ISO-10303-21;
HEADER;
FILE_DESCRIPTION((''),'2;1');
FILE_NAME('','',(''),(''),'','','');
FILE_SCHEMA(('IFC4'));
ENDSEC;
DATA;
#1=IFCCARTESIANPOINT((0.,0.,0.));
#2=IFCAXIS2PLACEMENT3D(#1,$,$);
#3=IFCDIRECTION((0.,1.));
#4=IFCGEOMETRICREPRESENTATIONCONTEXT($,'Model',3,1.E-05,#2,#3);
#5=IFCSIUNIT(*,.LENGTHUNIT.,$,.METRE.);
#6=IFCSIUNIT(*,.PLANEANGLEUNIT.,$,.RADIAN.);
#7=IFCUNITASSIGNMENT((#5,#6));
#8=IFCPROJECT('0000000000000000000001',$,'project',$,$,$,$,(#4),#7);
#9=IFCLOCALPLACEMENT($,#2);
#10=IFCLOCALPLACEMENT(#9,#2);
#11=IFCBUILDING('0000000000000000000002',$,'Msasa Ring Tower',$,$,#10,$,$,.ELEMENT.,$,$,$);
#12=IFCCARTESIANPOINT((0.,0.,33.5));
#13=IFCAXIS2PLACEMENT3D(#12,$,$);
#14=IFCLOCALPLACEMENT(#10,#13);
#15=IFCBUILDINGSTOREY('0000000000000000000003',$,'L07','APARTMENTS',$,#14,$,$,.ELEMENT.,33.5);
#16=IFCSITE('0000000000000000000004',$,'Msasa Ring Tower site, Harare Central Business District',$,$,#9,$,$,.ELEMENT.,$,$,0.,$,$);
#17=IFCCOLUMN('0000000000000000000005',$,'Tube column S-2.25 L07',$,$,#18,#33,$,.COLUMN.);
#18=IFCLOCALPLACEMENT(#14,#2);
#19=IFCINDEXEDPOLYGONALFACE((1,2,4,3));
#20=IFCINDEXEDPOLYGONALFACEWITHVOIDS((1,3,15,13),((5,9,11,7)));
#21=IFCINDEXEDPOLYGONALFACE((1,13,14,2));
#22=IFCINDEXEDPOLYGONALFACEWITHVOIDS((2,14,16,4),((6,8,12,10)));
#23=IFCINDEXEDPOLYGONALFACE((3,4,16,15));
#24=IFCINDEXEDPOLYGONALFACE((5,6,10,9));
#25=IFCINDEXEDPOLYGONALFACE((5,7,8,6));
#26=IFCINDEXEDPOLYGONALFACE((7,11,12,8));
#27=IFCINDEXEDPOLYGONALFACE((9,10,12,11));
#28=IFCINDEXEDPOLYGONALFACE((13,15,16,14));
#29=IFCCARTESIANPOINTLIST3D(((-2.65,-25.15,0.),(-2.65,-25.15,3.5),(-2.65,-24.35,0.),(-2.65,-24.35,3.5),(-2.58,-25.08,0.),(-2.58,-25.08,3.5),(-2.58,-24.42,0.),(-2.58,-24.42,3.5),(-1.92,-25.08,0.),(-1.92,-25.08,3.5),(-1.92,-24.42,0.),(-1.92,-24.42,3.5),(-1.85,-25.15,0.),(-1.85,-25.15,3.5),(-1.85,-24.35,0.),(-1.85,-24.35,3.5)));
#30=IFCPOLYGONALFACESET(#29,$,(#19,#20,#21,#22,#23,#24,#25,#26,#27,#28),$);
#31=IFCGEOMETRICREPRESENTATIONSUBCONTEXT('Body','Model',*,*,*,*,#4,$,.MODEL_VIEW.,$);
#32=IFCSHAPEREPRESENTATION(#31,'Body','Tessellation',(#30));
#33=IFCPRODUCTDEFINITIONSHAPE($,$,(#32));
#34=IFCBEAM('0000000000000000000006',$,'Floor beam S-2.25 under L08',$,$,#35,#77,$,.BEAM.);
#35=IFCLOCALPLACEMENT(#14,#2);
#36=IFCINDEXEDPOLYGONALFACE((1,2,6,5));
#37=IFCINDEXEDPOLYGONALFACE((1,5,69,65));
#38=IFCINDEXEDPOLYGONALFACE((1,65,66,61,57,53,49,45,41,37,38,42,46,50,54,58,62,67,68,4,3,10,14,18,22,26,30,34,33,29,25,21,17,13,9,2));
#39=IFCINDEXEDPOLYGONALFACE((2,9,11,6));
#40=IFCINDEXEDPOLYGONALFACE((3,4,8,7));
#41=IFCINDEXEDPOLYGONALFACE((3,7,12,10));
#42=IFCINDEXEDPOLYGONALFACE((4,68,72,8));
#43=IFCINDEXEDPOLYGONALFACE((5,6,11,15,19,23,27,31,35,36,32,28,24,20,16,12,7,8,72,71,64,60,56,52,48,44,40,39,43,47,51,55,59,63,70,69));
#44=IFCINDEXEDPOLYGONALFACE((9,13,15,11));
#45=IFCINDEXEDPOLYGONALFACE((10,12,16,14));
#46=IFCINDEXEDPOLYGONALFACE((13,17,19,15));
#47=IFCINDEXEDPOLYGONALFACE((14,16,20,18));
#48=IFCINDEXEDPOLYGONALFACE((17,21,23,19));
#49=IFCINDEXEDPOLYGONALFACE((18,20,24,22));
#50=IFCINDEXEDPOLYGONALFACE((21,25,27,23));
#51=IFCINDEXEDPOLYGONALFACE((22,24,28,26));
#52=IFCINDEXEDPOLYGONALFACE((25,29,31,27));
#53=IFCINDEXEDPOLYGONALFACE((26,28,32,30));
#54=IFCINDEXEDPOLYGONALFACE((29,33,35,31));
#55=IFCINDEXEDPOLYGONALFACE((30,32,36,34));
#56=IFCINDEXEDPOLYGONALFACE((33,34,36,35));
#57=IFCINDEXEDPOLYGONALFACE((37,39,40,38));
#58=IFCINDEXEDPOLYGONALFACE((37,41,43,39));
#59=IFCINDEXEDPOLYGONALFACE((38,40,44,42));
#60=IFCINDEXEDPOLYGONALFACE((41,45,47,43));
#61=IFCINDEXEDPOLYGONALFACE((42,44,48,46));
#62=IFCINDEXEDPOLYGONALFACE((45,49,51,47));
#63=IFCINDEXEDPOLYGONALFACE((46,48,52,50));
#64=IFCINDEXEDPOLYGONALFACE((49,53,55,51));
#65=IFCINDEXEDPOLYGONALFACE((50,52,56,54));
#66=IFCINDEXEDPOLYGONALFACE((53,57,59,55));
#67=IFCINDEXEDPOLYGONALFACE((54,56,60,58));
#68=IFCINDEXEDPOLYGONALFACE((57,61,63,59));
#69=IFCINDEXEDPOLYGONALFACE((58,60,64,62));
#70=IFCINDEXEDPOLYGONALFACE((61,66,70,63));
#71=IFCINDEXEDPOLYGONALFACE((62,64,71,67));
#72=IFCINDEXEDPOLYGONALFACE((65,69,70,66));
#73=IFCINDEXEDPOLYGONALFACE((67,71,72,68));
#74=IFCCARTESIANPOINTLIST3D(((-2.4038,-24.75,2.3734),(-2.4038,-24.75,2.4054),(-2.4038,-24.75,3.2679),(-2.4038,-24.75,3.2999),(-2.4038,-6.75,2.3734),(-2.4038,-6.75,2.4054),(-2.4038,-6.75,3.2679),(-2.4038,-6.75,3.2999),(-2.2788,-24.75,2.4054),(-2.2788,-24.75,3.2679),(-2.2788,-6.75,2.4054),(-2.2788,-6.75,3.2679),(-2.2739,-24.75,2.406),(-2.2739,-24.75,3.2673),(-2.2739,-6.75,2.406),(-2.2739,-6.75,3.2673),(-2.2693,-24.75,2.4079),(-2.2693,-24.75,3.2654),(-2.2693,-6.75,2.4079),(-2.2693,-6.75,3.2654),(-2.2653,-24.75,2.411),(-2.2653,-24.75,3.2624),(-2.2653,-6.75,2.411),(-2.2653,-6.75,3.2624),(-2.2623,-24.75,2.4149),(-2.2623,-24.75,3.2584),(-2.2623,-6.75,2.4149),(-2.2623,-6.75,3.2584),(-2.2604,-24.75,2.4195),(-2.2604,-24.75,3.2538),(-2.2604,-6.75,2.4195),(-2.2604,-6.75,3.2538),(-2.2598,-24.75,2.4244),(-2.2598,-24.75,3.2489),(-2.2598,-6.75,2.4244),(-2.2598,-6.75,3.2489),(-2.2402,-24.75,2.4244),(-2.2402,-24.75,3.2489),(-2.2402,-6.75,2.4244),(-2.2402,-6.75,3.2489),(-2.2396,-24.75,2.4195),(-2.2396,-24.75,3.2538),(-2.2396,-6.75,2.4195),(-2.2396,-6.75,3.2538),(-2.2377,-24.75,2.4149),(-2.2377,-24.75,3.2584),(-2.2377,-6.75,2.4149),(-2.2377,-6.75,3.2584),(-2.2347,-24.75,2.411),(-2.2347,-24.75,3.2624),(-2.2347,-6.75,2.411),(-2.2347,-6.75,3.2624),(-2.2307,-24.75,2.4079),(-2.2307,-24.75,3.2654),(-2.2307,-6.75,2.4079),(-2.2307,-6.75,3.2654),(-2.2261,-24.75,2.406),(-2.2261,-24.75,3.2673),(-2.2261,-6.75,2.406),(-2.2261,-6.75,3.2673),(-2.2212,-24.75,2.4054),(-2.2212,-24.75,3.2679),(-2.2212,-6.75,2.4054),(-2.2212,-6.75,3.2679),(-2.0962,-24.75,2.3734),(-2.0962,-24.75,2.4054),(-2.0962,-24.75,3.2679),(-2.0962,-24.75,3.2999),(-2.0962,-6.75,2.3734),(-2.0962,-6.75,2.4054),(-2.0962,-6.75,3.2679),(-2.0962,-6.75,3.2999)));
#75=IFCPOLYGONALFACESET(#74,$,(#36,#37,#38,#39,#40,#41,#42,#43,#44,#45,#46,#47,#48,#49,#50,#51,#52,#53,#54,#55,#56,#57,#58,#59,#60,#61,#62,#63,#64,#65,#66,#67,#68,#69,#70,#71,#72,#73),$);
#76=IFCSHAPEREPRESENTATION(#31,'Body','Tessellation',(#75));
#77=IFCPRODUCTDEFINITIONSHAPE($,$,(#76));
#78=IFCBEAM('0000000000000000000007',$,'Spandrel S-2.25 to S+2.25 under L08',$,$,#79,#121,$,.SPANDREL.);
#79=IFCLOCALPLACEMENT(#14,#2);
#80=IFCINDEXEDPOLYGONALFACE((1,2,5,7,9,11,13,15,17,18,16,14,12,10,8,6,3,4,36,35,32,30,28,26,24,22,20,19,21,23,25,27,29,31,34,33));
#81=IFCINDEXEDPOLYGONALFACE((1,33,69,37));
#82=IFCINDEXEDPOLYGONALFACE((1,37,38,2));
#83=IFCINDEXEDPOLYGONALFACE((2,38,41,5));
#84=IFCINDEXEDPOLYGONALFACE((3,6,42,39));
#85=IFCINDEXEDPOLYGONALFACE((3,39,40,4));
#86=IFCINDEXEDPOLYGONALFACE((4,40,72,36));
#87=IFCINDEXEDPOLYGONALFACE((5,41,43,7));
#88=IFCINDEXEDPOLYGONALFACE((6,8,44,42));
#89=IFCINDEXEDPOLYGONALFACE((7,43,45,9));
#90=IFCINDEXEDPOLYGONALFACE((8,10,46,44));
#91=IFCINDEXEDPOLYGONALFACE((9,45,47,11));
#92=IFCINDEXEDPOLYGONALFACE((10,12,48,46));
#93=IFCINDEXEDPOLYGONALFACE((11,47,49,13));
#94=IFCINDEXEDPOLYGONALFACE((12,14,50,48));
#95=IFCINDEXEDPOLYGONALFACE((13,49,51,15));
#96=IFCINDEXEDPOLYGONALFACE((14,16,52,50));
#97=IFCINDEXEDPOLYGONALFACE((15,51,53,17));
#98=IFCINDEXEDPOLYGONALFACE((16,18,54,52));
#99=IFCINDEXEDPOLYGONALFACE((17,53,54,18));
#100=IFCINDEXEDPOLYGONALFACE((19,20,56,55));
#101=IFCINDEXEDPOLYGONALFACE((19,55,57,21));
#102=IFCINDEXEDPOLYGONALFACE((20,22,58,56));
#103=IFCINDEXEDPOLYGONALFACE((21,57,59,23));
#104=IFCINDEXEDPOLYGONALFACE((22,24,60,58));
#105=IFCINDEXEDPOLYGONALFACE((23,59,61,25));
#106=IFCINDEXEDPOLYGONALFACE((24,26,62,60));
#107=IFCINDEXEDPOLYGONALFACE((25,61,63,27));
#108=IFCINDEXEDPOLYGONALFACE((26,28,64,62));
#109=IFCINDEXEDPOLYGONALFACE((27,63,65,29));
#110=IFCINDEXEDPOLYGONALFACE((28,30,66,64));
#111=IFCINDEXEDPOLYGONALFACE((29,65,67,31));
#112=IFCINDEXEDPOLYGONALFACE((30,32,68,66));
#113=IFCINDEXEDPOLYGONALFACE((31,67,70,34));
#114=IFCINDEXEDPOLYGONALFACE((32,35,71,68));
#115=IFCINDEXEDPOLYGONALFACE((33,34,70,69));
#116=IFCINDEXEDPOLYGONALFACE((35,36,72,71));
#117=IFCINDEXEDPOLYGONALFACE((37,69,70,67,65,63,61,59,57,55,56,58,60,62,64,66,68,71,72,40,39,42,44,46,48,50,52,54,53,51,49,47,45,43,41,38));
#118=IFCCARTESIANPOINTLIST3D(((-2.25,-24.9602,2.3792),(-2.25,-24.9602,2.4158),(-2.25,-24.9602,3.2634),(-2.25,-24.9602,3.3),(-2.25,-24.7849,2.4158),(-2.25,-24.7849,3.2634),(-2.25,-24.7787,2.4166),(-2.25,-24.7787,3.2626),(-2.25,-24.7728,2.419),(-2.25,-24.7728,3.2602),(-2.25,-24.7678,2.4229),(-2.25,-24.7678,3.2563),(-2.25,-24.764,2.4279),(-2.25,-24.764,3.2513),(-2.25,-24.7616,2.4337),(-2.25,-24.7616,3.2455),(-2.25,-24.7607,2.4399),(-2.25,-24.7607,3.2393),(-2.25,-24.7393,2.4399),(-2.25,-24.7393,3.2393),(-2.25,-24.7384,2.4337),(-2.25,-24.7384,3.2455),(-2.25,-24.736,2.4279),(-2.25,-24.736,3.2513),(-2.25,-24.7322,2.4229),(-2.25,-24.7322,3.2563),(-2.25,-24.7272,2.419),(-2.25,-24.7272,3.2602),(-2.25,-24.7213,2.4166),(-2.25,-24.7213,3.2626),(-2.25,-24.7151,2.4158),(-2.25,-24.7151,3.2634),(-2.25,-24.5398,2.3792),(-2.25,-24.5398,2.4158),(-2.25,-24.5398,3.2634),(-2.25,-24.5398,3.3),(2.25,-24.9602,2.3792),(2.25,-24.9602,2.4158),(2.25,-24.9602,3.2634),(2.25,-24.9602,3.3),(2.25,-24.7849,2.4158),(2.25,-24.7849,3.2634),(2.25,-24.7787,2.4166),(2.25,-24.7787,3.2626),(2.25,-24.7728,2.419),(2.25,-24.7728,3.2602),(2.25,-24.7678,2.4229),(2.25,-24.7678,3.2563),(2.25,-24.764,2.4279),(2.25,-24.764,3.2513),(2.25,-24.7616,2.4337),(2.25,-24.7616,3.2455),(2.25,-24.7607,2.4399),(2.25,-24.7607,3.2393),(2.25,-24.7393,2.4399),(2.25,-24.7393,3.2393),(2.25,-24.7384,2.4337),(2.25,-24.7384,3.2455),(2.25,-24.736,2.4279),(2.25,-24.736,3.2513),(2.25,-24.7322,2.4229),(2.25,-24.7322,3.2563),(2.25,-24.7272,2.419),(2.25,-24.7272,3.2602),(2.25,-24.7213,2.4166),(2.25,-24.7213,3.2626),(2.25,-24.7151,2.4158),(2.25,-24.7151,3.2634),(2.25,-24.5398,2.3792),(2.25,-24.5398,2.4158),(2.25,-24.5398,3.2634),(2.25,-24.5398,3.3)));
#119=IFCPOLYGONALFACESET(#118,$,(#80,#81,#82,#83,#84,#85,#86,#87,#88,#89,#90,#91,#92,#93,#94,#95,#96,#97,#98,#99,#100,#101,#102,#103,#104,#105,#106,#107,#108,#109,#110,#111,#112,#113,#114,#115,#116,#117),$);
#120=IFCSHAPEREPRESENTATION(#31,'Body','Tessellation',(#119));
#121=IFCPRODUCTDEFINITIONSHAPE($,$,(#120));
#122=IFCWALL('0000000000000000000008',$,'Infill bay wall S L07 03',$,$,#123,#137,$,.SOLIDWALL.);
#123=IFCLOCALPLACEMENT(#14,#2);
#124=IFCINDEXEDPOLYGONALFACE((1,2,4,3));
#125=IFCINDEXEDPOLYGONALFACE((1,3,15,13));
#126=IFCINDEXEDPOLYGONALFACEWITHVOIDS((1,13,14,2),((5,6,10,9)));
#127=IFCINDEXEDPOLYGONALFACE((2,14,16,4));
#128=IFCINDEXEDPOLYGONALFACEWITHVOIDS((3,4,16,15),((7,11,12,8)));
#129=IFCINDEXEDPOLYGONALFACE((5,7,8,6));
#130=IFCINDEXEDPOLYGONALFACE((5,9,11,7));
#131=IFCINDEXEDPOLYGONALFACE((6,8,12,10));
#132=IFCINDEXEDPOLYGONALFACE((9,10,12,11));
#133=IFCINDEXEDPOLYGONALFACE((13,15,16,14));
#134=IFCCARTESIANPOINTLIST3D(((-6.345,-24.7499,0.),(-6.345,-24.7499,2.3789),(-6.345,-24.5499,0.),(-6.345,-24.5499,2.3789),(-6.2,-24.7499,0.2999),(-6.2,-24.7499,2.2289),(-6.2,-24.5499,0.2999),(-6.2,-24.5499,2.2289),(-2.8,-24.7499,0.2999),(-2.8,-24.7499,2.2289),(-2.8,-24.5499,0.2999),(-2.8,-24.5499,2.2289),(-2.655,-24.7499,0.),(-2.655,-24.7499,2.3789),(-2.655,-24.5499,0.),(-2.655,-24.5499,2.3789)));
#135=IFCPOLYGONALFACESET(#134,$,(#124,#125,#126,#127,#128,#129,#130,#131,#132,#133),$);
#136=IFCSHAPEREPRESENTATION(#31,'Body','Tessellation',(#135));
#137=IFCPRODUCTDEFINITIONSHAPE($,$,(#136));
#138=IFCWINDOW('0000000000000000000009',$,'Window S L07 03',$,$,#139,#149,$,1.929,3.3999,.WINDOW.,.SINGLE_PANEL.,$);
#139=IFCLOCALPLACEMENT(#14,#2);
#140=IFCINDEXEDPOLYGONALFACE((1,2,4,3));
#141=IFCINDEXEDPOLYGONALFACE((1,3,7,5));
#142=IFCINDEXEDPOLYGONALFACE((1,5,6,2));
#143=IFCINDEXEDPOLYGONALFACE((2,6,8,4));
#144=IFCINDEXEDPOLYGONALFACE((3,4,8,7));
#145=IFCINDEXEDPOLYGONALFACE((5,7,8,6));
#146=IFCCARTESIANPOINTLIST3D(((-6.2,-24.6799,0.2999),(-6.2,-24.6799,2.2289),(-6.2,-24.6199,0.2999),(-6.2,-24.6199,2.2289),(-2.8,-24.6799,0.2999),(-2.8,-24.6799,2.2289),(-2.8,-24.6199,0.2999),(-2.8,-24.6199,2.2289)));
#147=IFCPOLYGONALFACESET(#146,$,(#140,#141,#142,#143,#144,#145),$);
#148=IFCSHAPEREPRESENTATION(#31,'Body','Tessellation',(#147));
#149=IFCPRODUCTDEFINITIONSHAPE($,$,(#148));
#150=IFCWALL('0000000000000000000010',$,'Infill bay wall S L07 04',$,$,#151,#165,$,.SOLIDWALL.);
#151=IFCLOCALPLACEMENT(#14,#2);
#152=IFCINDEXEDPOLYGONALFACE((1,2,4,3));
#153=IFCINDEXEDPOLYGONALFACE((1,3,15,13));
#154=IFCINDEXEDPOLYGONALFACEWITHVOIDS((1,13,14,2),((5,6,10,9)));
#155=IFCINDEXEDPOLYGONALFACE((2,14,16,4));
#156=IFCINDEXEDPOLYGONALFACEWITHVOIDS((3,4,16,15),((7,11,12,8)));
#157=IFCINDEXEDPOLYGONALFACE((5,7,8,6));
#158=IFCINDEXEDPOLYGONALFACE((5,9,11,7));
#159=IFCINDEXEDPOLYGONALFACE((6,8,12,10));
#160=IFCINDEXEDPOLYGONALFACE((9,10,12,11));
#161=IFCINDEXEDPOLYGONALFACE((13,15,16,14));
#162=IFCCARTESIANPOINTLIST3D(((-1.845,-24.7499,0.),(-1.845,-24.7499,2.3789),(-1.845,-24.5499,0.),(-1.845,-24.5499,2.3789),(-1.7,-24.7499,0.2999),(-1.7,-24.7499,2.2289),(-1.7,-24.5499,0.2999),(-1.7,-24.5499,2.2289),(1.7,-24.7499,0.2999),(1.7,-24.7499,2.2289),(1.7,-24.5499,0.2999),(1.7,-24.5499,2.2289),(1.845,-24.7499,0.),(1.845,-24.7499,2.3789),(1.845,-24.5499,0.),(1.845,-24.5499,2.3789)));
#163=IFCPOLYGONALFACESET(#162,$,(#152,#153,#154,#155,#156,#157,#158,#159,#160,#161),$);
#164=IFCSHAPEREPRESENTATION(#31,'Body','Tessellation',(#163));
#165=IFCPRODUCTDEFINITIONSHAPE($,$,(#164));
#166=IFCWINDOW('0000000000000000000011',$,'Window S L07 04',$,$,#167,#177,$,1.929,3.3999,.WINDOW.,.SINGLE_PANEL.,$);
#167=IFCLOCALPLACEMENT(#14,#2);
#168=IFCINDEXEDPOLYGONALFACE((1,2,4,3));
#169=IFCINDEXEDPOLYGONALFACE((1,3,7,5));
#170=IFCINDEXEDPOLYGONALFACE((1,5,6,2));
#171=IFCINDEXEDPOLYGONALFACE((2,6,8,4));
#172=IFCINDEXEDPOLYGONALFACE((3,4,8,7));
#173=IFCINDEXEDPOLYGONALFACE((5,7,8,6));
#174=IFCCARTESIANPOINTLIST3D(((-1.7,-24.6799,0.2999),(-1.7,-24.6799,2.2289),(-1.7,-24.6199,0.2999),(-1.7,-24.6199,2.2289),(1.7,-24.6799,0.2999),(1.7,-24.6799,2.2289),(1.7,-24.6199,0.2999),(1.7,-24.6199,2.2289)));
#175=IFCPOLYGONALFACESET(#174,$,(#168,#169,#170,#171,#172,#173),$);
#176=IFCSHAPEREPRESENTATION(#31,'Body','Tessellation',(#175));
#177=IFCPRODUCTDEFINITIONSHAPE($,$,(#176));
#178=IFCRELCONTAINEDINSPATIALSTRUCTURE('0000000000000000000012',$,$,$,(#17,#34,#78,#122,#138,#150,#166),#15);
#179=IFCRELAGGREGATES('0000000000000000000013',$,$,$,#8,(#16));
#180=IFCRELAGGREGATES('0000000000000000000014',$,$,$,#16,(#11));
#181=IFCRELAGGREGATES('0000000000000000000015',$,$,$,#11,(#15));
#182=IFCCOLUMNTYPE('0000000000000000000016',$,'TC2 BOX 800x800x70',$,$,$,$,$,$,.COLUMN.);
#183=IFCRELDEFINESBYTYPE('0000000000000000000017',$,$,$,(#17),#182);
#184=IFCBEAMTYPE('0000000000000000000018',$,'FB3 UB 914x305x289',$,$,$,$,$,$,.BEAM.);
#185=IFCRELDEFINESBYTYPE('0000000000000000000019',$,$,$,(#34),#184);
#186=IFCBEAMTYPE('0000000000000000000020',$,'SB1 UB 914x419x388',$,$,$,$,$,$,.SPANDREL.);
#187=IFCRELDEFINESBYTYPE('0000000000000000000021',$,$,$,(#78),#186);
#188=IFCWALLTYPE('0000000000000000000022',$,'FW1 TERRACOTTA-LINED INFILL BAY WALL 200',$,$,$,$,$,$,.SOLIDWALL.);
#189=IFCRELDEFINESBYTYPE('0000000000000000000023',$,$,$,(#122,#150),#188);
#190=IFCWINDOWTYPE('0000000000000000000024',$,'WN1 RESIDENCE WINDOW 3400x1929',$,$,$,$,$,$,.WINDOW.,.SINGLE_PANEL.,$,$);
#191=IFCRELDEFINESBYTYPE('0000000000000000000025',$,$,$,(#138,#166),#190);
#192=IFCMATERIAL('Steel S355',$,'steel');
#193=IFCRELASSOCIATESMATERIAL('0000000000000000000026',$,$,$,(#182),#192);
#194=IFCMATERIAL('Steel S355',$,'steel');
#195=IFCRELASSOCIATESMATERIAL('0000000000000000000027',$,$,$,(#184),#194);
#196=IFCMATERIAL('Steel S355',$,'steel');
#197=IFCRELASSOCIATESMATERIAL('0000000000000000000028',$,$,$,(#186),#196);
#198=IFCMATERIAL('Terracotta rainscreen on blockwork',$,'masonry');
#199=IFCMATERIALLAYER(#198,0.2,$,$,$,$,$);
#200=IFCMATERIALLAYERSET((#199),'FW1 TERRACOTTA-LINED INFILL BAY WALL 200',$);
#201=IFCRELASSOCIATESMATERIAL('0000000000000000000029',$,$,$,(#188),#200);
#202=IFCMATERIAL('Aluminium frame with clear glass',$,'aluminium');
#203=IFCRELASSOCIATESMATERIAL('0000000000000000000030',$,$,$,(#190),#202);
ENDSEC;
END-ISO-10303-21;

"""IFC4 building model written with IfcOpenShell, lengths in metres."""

from ifc_helpers import new_model, si_unit, direction, frame, frame_2d, origin, origin_2d, place, context, subcontext, project, spatial, rectangle, hollow_rectangle, i_section, extrude, material, layer, layer_set, material_profile, profile_set, type_object, element, fill, save


model = new_model("IFC4")

# Units and contexts
model_context = context("Model", 3, precision=1e-05, world=origin(), true_north=direction((0.0, 1.0)))
body_context = subcontext(model_context, "Body", "Model", "MODEL_VIEW")
ifc_project = project(units=[si_unit("LENGTHUNIT", "METRE"), si_unit("PLANEANGLEUNIT", "RADIAN")], contexts=[model_context])

# Site, building, storey
site_placement = place(None, origin())
site = spatial("IfcSite", under=ifc_project, at=site_placement, Name="Msasa Ring Tower site, Harare Central Business District", CompositionType="ELEMENT", RefElevation=0.0)
building_placement = place(site_placement, origin())
building = spatial("IfcBuilding", under=site, at=building_placement, Name="Msasa Ring Tower", CompositionType="ELEMENT")
storey_placement = place(building_placement, frame((0.0, 0.0, 33.5)))
storey = spatial("IfcBuildingStorey", under=building, at=storey_placement, Name="L07", Description="APARTMENTS", CompositionType="ELEMENT", Elevation=33.5)

# Column
ifc_material_1 = material(Name="Steel S355", Category="steel")
ifc_material_profile_1 = material_profile(ifc_material_1, hollow_rectangle(XDim=0.8, YDim=0.8, WallThickness=0.0701, at=origin_2d()), Name="BOX 800x800x70")
ifc_profile_set_1 = profile_set([ifc_material_profile_1], Name="Steel S355")
column_type = type_object("IfcColumnType", Name="TC2 BOX 800x800x70", PredefinedType="COLUMN", material=ifc_profile_set_1)
column_placement = place(storey_placement, frame((-2.25, -24.75, 0.0), z_axis=(0.0, 0.0, 1.0), x_axis=(0.0, 1.0, 0.0)))
element("IfcColumn", 1, at=column_placement, inside=storey, type_object=column_type, Name="Tube column S-2.25 L07", PredefinedType="COLUMN", context=body_context, shape_type="SweptSolid", body=[
    extrude(hollow_rectangle(XDim=0.8, YDim=0.8, WallThickness=0.0701, at=origin_2d()), origin(), (0.0, 0.0, 1.0), 3.5),
])

# Beams
ifc_material_2 = material(Name="Steel S355", Category="steel")
ifc_material_profile_2 = material_profile(ifc_material_2, i_section(OverallWidth=0.3076, OverallDepth=0.9265, WebThickness=0.0195, FlangeThickness=0.032, FilletRadius=0.019, at=origin_2d()), Name="UB 914x305x289")
ifc_profile_set_2 = profile_set([ifc_material_profile_2], Name="Steel S355")
beam_type_1 = type_object("IfcBeamType", Name="FB3 UB 914x305x289", PredefinedType="BEAM", material=ifc_profile_set_2)
beam_1_placement = place(storey_placement, frame((-2.25, -24.75, 2.8367), z_axis=(0.0, 1.0, 0.0), x_axis=(-1.0, 0.0, 0.0)))
element("IfcBeam", 2, at=beam_1_placement, inside=storey, type_object=beam_type_1, Name="Floor beam S-2.25 under L08", PredefinedType="BEAM", context=body_context, shape_type="SweptSolid", body=[
    extrude(i_section(OverallWidth=0.3076, OverallDepth=0.9265, WebThickness=0.0195, FlangeThickness=0.032, FilletRadius=0.019, at=origin_2d()), origin(), (0.0, 0.0, 1.0), 18.0),
])
ifc_material_3 = material(Name="Steel S355", Category="steel")
ifc_material_profile_3 = material_profile(ifc_material_3, i_section(OverallWidth=0.4204, OverallDepth=0.9209, WebThickness=0.0215, FlangeThickness=0.0366, FilletRadius=0.0242, at=origin_2d()), Name="UB 914x419x388")
ifc_profile_set_3 = profile_set([ifc_material_profile_3], Name="Steel S355")
beam_type_2 = type_object("IfcBeamType", Name="SB1 UB 914x419x388", PredefinedType="SPANDREL", material=ifc_profile_set_3)
beam_2_placement = place(storey_placement, frame((-2.25, -24.75, 2.8396), z_axis=(1.0, 0.0, 0.0), x_axis=(0.0, 1.0, 0.0)))
element("IfcBeam", 3, at=beam_2_placement, inside=storey, type_object=beam_type_2, Name="Spandrel S-2.25 to S+2.25 under L08", PredefinedType="SPANDREL", context=body_context, shape_type="SweptSolid", body=[
    extrude(i_section(OverallWidth=0.4204, OverallDepth=0.9209, WebThickness=0.0215, FlangeThickness=0.0366, FilletRadius=0.0242, at=origin_2d()), origin(), (0.0, 0.0, 1.0), 4.5),
])

# Walls, openings, windows
ifc_material_4 = material(Name="Terracotta rainscreen on blockwork", Category="masonry")
ifc_layer_1 = layer(ifc_material_4, 0.2)
ifc_layer_set_1 = layer_set([ifc_layer_1], Name="FW1 TERRACOTTA-LINED INFILL BAY WALL 200")
wall_type_1 = type_object("IfcWallType", Name="FW1 TERRACOTTA-LINED INFILL BAY WALL 200", PredefinedType="SOLIDWALL", material=ifc_layer_set_1)
wall_1_placement = place(storey_placement, frame((-6.345, -24.6499, 0.0), z_axis=(0.0, 0.0, 1.0), x_axis=(1.0, 0.0, 0.0)))
wall_1 = element("IfcWall", 4, at=wall_1_placement, inside=storey, type_object=wall_type_1, Name="Infill bay wall S L07 03", PredefinedType="SOLIDWALL", context=body_context, shape_type="SweptSolid", body=[
    extrude(rectangle(XDim=3.6899, YDim=0.2, at=frame_2d((1.845, 0.0))), origin(), (0.0, 0.0, 1.0), 2.3789),
])
opening_1_placement = place(wall_1_placement, frame((0.145, 0.0, 0.3)))
opening_1 = element("IfcOpeningElement", 5, at=opening_1_placement, cuts=wall_1, PredefinedType="OPENING", context=body_context, shape_type="SweptSolid", body=[
    extrude(rectangle(XDim=3.3999, YDim=1.929, at=frame_2d((1.7, 0.9644))), frame((0.0, 0.1099, 0.0), z_axis=(0.0, -1.0, 0.0), x_axis=(1.0, 0.0, 0.0)), (0.0, 0.0, 1.0), 0.22),
])
ifc_material_5 = material(Name="Aluminium frame with clear glass", Category="aluminium")
window_type = type_object("IfcWindowType", Name="WN1 RESIDENCE WINDOW 3400x1929", PartitioningType="SINGLE_PANEL", PredefinedType="WINDOW", material=ifc_material_5)
window_1_placement = place(opening_1_placement, origin())
window_1 = element("IfcWindow", 6, at=window_1_placement, inside=storey, type_object=window_type, Name="Window S L07 03", OverallHeight=1.929, OverallWidth=3.3999, PartitioningType="SINGLE_PANEL", PredefinedType="WINDOW", context=body_context, shape_type="SweptSolid", body=[
    extrude(rectangle(XDim=3.3999, YDim=1.929, at=frame_2d((1.7, 0.9644))), frame((0.0, 0.03, 0.0), z_axis=(0.0, -1.0, 0.0), x_axis=(1.0, 0.0, 0.0)), (0.0, 0.0, 1.0), 0.0601),
])
fill(opening_1, window_1)
wall_2_placement = place(storey_placement, frame((-1.845, -24.6499, 0.0), z_axis=(0.0, 0.0, 1.0), x_axis=(1.0, 0.0, 0.0)))
wall_2 = element("IfcWall", 7, at=wall_2_placement, inside=storey, type_object=wall_type_1, Name="Infill bay wall S L07 04", PredefinedType="SOLIDWALL", context=body_context, shape_type="SweptSolid", body=[
    extrude(rectangle(XDim=3.6899, YDim=0.2, at=frame_2d((1.845, 0.0))), origin(), (0.0, 0.0, 1.0), 2.3789),
])
opening_2_placement = place(wall_2_placement, frame((0.145, 0.0, 0.3)))
opening_2 = element("IfcOpeningElement", 8, at=opening_2_placement, cuts=wall_2, PredefinedType="OPENING", context=body_context, shape_type="SweptSolid", body=[
    extrude(rectangle(XDim=3.3999, YDim=1.929, at=frame_2d((1.7, 0.9644))), frame((0.0, 0.1099, 0.0), z_axis=(0.0, -1.0, 0.0), x_axis=(1.0, 0.0, 0.0)), (0.0, 0.0, 1.0), 0.22),
])
window_2_placement = place(opening_2_placement, origin())
window_2 = element("IfcWindow", 9, at=window_2_placement, inside=storey, type_object=window_type, Name="Window S L07 04", OverallHeight=1.929, OverallWidth=3.3999, PartitioningType="SINGLE_PANEL", PredefinedType="WINDOW", context=body_context, shape_type="SweptSolid", body=[
    extrude(rectangle(XDim=3.3999, YDim=1.929, at=frame_2d((1.7, 0.9644))), frame((0.0, 0.03, 0.0), z_axis=(0.0, -1.0, 0.0), x_axis=(1.0, 0.0, 0.0)), (0.0, 0.0, 1.0), 0.0601),
])
fill(opening_2, window_2)

save(model, "model.ifc")
